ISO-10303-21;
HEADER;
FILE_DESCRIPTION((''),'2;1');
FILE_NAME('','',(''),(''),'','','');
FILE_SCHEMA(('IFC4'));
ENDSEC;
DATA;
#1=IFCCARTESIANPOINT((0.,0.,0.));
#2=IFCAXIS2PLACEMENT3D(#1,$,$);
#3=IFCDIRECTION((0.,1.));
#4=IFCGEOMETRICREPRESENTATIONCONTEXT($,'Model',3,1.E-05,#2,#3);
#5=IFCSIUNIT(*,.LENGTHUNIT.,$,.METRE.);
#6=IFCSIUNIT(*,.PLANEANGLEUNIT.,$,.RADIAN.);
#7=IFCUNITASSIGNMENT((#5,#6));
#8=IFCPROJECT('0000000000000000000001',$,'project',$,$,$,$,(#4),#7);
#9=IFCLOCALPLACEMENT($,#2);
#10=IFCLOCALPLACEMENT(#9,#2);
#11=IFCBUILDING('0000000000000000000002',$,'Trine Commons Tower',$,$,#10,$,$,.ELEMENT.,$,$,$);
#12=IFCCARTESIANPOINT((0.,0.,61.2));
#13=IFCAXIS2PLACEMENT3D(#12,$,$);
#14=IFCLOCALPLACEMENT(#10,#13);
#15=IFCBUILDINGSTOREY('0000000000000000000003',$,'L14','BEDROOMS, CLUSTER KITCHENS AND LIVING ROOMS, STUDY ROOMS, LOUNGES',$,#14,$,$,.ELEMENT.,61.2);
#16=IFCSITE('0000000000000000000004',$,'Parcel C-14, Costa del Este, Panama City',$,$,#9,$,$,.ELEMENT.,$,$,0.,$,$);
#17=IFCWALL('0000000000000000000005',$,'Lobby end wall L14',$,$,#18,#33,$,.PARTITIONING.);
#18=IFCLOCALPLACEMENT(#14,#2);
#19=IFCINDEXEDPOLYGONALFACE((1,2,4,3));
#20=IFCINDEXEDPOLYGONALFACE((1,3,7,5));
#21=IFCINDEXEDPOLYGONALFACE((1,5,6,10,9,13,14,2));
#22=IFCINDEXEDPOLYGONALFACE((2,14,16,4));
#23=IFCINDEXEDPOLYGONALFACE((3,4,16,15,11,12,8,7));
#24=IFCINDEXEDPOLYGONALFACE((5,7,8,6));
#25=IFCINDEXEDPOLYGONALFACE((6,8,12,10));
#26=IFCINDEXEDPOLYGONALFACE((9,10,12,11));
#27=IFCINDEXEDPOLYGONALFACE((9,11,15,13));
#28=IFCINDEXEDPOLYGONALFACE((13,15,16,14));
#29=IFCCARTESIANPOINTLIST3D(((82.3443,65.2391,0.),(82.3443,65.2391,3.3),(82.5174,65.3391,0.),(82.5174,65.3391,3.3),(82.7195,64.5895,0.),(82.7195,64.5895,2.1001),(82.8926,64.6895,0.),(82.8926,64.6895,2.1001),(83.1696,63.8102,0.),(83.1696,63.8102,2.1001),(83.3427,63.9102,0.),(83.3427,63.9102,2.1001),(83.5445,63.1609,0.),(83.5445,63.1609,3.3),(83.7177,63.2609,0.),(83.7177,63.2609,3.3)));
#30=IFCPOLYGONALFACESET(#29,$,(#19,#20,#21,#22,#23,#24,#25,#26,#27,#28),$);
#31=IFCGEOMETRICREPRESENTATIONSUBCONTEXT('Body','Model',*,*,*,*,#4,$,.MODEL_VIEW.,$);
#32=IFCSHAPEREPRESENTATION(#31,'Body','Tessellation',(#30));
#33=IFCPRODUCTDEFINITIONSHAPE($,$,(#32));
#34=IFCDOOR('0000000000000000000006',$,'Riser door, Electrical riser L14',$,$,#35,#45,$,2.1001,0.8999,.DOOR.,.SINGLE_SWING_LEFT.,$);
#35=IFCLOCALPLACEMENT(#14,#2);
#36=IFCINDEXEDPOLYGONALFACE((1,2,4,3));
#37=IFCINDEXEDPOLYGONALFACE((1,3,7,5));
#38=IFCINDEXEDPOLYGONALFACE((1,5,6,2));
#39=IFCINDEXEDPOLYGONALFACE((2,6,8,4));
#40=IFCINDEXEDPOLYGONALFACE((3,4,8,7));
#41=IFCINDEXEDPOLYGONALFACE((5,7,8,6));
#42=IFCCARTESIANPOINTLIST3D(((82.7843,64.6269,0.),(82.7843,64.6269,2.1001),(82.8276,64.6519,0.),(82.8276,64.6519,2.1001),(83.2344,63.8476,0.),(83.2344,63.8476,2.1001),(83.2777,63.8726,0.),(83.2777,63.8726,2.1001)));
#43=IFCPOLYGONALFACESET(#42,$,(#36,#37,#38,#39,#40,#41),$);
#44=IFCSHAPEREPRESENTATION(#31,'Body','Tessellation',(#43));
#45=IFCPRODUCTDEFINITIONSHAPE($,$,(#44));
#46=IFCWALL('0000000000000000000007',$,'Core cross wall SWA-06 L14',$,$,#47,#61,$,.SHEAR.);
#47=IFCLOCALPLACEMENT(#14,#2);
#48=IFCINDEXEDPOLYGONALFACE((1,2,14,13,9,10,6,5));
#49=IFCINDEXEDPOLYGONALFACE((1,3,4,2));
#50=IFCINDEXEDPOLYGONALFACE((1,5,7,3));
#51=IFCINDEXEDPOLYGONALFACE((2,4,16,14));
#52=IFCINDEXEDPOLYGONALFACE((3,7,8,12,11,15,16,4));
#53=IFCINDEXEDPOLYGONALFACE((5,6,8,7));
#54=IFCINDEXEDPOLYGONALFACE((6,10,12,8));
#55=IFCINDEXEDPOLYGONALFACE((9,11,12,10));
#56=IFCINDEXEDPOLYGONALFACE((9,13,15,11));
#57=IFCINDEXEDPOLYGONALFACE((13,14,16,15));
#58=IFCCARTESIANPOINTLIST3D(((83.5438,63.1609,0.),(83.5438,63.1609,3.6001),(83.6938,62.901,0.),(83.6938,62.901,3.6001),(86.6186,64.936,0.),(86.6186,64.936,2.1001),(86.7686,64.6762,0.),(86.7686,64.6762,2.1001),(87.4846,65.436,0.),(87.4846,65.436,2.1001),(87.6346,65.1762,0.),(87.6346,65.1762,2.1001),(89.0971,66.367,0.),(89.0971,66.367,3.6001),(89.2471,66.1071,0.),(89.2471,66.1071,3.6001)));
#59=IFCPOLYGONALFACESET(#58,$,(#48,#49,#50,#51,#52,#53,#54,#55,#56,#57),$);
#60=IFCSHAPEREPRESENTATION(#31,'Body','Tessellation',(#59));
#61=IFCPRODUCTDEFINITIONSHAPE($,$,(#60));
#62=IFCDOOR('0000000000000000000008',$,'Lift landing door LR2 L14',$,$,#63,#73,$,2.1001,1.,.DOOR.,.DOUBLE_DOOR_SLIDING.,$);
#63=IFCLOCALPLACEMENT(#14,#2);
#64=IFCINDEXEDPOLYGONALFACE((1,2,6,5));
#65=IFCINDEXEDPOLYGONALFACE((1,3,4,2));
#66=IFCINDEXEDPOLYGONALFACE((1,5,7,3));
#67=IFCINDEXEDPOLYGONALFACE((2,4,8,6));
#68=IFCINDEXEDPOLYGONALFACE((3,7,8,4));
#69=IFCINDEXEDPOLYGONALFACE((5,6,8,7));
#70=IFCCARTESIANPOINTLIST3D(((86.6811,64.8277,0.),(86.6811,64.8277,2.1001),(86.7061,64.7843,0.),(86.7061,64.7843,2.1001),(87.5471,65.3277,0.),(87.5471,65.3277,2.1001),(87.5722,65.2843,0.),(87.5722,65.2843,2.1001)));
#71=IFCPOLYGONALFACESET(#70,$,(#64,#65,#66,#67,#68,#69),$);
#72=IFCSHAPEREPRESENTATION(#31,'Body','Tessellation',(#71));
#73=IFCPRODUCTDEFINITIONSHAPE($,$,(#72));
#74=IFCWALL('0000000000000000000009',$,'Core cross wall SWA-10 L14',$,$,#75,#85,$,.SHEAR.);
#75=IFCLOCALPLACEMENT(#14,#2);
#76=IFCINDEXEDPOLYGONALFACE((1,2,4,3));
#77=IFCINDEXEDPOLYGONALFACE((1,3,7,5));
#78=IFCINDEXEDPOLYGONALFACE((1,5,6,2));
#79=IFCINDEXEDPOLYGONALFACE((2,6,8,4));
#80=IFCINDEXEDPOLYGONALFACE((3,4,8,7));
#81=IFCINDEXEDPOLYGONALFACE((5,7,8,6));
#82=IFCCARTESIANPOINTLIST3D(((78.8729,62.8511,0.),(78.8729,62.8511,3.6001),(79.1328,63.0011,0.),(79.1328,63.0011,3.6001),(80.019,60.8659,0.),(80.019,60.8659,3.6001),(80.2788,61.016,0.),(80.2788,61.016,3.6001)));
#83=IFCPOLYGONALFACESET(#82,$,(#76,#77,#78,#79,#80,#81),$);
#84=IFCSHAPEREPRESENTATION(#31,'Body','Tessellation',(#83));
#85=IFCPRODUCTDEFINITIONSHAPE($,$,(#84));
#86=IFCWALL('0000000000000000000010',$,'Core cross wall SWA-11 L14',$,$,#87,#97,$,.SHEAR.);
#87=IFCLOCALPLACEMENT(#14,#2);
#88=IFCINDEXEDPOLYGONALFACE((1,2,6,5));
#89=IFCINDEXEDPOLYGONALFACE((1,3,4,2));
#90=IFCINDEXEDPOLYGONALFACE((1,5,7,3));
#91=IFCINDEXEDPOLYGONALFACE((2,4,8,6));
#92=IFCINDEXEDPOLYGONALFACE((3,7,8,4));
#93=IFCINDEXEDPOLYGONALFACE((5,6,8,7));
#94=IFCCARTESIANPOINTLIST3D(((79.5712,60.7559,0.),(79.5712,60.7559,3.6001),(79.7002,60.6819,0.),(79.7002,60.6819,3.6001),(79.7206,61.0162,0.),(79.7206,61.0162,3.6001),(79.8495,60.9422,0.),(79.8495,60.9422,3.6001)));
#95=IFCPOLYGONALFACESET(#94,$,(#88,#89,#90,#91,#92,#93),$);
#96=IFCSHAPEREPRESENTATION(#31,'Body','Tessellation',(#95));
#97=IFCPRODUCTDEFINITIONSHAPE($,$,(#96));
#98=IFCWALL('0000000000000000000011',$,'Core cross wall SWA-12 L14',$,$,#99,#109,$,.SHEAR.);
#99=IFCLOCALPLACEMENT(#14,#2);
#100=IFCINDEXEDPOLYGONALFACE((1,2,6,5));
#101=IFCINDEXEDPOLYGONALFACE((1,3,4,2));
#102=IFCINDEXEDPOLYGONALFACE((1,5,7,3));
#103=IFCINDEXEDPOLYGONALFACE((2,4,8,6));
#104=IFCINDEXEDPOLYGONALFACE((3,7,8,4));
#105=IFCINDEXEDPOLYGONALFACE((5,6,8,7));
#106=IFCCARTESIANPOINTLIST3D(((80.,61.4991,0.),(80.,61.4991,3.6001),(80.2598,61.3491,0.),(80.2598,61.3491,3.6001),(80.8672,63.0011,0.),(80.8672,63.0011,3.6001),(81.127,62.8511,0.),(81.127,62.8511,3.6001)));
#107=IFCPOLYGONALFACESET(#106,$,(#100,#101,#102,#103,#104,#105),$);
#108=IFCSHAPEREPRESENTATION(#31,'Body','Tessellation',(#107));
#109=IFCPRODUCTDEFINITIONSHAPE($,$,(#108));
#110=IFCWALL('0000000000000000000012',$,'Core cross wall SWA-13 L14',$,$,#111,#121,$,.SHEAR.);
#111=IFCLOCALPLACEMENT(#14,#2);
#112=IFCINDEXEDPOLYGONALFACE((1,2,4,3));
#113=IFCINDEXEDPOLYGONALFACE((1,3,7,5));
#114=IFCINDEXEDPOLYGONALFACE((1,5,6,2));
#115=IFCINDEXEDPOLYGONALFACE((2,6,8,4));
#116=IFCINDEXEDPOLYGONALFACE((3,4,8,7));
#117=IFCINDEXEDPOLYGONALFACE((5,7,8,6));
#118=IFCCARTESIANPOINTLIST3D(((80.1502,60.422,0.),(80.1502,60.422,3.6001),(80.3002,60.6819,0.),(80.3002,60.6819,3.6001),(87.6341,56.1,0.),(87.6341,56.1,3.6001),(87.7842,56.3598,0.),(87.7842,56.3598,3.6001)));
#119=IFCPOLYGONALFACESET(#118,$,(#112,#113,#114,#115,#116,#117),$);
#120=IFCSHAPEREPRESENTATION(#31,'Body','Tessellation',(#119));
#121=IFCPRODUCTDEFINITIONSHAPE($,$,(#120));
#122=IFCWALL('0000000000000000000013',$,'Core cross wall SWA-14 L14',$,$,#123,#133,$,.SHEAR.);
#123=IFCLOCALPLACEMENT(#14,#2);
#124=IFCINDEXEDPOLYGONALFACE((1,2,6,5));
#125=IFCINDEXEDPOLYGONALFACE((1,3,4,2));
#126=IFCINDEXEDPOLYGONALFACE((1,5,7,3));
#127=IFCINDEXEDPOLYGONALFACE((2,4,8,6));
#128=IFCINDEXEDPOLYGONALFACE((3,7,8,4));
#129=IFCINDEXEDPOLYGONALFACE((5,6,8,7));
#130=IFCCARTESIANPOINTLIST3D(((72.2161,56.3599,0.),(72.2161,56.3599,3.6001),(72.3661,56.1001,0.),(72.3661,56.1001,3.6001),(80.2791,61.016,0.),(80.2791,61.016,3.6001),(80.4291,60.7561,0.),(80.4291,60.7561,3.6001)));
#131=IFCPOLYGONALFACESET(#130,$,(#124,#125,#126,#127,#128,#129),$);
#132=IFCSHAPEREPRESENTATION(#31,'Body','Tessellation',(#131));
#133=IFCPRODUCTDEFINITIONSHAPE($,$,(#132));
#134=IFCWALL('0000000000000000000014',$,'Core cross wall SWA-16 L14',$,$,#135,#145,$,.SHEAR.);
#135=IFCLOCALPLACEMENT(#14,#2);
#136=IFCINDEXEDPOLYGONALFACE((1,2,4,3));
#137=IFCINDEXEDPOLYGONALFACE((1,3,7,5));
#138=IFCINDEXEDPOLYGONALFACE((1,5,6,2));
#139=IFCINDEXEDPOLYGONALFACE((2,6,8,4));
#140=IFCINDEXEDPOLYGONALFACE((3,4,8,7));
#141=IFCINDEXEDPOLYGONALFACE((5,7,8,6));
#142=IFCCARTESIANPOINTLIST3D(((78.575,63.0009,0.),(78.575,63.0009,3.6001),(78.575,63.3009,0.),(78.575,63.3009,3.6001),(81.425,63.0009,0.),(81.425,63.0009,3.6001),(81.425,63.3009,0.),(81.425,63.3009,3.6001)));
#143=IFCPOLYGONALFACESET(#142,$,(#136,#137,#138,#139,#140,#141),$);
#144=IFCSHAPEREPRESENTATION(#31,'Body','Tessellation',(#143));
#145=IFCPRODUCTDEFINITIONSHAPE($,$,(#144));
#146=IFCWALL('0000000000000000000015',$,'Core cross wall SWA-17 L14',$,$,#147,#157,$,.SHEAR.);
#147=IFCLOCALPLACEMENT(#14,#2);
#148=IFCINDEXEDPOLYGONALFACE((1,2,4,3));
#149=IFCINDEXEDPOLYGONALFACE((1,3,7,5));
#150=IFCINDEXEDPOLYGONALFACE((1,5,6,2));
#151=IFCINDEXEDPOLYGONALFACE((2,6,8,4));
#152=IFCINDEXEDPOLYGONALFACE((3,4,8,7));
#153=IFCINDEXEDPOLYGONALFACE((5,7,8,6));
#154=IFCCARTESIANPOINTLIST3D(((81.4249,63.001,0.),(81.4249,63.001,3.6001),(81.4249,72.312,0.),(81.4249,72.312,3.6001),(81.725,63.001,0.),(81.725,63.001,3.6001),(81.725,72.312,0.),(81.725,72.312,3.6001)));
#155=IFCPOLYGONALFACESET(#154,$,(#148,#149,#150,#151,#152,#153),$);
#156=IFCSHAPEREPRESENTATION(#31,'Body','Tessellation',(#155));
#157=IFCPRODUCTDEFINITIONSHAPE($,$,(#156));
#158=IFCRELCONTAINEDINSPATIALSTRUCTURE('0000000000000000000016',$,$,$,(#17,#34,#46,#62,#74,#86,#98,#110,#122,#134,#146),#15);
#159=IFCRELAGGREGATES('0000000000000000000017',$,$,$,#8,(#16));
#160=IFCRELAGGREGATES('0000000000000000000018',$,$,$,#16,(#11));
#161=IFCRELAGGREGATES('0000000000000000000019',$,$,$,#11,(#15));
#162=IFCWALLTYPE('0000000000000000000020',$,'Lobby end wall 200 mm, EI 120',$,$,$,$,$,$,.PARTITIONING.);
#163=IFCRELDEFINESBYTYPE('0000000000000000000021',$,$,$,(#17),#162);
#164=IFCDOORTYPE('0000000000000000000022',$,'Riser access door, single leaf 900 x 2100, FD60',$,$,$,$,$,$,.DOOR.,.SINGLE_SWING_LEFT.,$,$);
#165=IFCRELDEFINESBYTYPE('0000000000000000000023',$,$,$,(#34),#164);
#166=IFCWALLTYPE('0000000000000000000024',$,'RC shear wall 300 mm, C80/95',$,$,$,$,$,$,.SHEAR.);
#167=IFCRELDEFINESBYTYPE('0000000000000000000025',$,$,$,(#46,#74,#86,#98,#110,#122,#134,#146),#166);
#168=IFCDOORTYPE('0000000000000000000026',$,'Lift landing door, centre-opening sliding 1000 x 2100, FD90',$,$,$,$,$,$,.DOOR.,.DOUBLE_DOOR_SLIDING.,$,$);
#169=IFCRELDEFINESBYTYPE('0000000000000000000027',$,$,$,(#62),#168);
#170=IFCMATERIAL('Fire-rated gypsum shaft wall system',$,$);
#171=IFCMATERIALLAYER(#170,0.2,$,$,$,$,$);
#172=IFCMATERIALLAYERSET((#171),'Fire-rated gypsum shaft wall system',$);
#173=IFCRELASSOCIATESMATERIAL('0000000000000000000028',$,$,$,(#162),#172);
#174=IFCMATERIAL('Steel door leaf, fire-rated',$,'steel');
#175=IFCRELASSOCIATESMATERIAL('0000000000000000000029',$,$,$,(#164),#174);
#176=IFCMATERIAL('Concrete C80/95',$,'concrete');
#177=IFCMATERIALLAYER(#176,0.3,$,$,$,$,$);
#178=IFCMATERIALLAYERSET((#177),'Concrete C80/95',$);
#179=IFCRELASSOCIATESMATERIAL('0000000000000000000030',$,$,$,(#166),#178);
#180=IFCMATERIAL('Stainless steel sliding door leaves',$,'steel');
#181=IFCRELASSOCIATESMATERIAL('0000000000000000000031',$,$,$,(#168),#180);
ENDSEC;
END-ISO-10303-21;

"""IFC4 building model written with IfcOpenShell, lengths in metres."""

from ifc_helpers import new_model, si_unit, direction, frame, frame_2d, origin, place, context, subcontext, project, spatial, rectangle, extrude, material, layer, layer_set, type_object, element, fill, save


model = new_model("IFC4")

# Units and contexts
model_context = context("Model", 3, precision=1e-05, world=origin(), true_north=direction((0.0, 1.0)))
body_context = subcontext(model_context, "Body", "Model", "MODEL_VIEW")
ifc_project = project(units=[si_unit("LENGTHUNIT", "METRE"), si_unit("PLANEANGLEUNIT", "RADIAN")], contexts=[model_context])

# Site, building, storey
site_placement = place(None, origin())
site = spatial("IfcSite", under=ifc_project, at=site_placement, Name="Parcel C-14, Costa del Este, Panama City", CompositionType="ELEMENT", RefElevation=0.0)
building_placement = place(site_placement, origin())
building = spatial("IfcBuilding", under=site, at=building_placement, Name="Trine Commons Tower", CompositionType="ELEMENT")
storey_placement = place(building_placement, frame((0.0, 0.0, 61.2)))
storey = spatial("IfcBuildingStorey", under=building, at=storey_placement, Name="L14", Description="BEDROOMS, CLUSTER KITCHENS AND LIVING ROOMS, STUDY ROOMS, LOUNGES", CompositionType="ELEMENT", Elevation=61.2)

# Walls, openings, doors
ifc_material_1 = material(Name="Fire-rated gypsum shaft wall system")
ifc_layer_1 = layer(ifc_material_1, 0.2)
ifc_layer_set_1 = layer_set([ifc_layer_1], Name="Fire-rated gypsum shaft wall system")
wall_type_1 = type_object("IfcWallType", Name="Lobby end wall 200 mm, EI 120", PredefinedType="PARTITIONING", material=ifc_layer_set_1)
wall_1_placement = place(storey_placement, frame((83.6311, 63.2109, 0.0), z_axis=(0.0, 0.0, 1.0), x_axis=(-0.500122, 0.865955, 0.0)))
wall_1 = element("IfcWall", 1, at=wall_1_placement, inside=storey, type_object=wall_type_1, Name="Lobby end wall L14", PredefinedType="PARTITIONING", context=body_context, shape_type="SweptSolid", body=[
    extrude(rectangle(XDim=2.3999, YDim=0.2, at=frame_2d((1.2, 0.0))), origin(), (0.0, 0.0, 1.0), 3.3),
])
opening_1_placement = place(wall_1_placement, frame((0.7498, 0.0, 0.0)))
opening_1 = element("IfcOpeningElement", 2, at=opening_1_placement, cuts=wall_1, PredefinedType="OPENING", context=body_context, shape_type="SweptSolid", body=[
    extrude(rectangle(XDim=0.8999, YDim=2.1001, at=frame_2d((0.45, 1.05))), frame((0.0, 0.1099, 0.0), z_axis=(0.0, -1.0, 0.0), x_axis=(1.0, 0.0, 0.0)), (0.0, 0.0, 1.0), 0.22),
])
ifc_material_2 = material(Name="Steel door leaf, fire-rated", Category="steel")
door_type_1 = type_object("IfcDoorType", Name="Riser access door, single leaf 900 x 2100, FD60", OperationType="SINGLE_SWING_LEFT", PredefinedType="DOOR", material=ifc_material_2)
door_1_placement = place(opening_1_placement, frame((0.8999, 0.0, 0.0), z_axis=(0.0, 0.0, 1.0), x_axis=(-1.0, 0.0, 0.0)))
door_1 = element("IfcDoor", 3, at=door_1_placement, inside=storey, type_object=door_type_1, Name="Riser door, Electrical riser L14", OperationType="SINGLE_SWING_LEFT", OverallHeight=2.1001, OverallWidth=0.8999, PredefinedType="DOOR", context=body_context, shape_type="SweptSolid", body=[
    extrude(rectangle(XDim=0.8999, YDim=2.1001, at=frame_2d((0.45, 1.05))), frame((0.0, 0.0249, 0.0), z_axis=(0.0, -1.0, 0.0), x_axis=(1.0, 0.0, 0.0)), (0.0, 0.0, 1.0), 0.05),
])
fill(opening_1, door_1)
ifc_material_3 = material(Name="Concrete C80/95", Category="concrete")
ifc_layer_2 = layer(ifc_material_3, 0.3)
ifc_layer_set_2 = layer_set([ifc_layer_2], Name="Concrete C80/95")
wall_type_2 = type_object("IfcWallType", Name="RC shear wall 300 mm, C80/95", PredefinedType="SHEAR", material=ifc_layer_set_2)
wall_2_placement = place(storey_placement, frame((83.6189, 63.031, 0.0), z_axis=(0.0, 0.0, 1.0), x_axis=(0.866032, 0.499988, 0.0)))
wall_2 = element("IfcWall", 4, at=wall_2_placement, inside=storey, type_object=wall_type_2, Name="Core cross wall SWA-06 L14", PredefinedType="SHEAR", context=body_context, shape_type="SweptSolid", body=[
    extrude(rectangle(XDim=6.4124, YDim=0.3, at=frame_2d((3.2061, 0.0))), origin(), (0.0, 0.0, 1.0), 3.6001),
])
opening_2_placement = place(wall_2_placement, frame((3.5503, 0.0, 0.0)))
opening_2 = element("IfcOpeningElement", 5, at=opening_2_placement, cuts=wall_2, PredefinedType="OPENING", context=body_context, shape_type="SweptSolid", body=[
    extrude(rectangle(XDim=1.0, YDim=2.1001, at=frame_2d((0.5, 1.05))), frame((0.0, 0.1599, 0.0), z_axis=(0.0, -1.0, 0.0), x_axis=(1.0, 0.0, 0.0)), (0.0, 0.0, 1.0), 0.3201),
])
ifc_material_4 = material(Name="Stainless steel sliding door leaves", Category="steel")
door_type_2 = type_object("IfcDoorType", Name="Lift landing door, centre-opening sliding 1000 x 2100, FD90", OperationType="DOUBLE_DOOR_SLIDING", PredefinedType="DOOR", material=ifc_material_4)
door_2_placement = place(opening_2_placement, origin())
door_2 = element("IfcDoor", 6, at=door_2_placement, inside=storey, type_object=door_type_2, Name="Lift landing door LR2 L14", OperationType="DOUBLE_DOOR_SLIDING", OverallHeight=2.1001, OverallWidth=1.0, PredefinedType="DOOR", context=body_context, shape_type="SweptSolid", body=[
    extrude(rectangle(XDim=1.0, YDim=2.1001, at=frame_2d((0.5, 1.05))), frame((0.0, 0.0249, 0.0), z_axis=(0.0, -1.0, 0.0), x_axis=(1.0, 0.0, 0.0)), (0.0, 0.0, 1.0), 0.05),
])
fill(opening_2, door_2)

# Walls
wall_3_placement = place(storey_placement, frame((79.0029, 62.926, 0.0), z_axis=(0.0, 0.0, 1.0), x_axis=(0.499965, -0.866045, 0.0)))
element("IfcWall", 7, at=wall_3_placement, inside=storey, type_object=wall_type_2, Name="Core cross wall SWA-10 L14", PredefinedType="SHEAR", context=body_context, shape_type="SweptSolid", body=[
    extrude(rectangle(XDim=2.2922, YDim=0.3, at=frame_2d((1.146, 0.0))), origin(), (0.0, 0.0, 1.0), 3.6001),
])
wall_4_placement = place(storey_placement, frame((79.646, 60.886, 0.0), z_axis=(0.0, 0.0, 1.0), x_axis=(0.867332, -0.49773, 0.0)))
element("IfcWall", 8, at=wall_4_placement, inside=storey, type_object=wall_type_2, Name="Core cross wall SWA-11 L14", PredefinedType="SHEAR", context=body_context, shape_type="SweptSolid", body=[
    extrude(rectangle(XDim=0.1487, YDim=0.3, at=frame_2d((0.0742, 0.0))), origin(), (0.0, 0.0, 1.0), 3.6001),
])
wall_5_placement = place(storey_placement, frame((80.1299, 61.4241, 0.0), z_axis=(0.0, 0.0, 1.0), x_axis=(0.500015, 0.866017, 0.0)))
element("IfcWall", 9, at=wall_5_placement, inside=storey, type_object=wall_type_2, Name="Core cross wall SWA-12 L14", PredefinedType="SHEAR", context=body_context, shape_type="SweptSolid", body=[
    extrude(rectangle(XDim=1.7344, YDim=0.3, at=frame_2d((0.8672, 0.0))), origin(), (0.0, 0.0, 1.0), 3.6001),
])
wall_6_placement = place(storey_placement, frame((80.2251, 60.552, 0.0), z_axis=(0.0, 0.0, 1.0), x_axis=(0.865965, -0.500104, 0.0)))
element("IfcWall", 10, at=wall_6_placement, inside=storey, type_object=wall_type_2, Name="Core cross wall SWA-13 L14", PredefinedType="SHEAR", context=body_context, shape_type="SweptSolid", body=[
    extrude(rectangle(XDim=8.6423, YDim=0.3, at=frame_2d((4.3213, 0.0))), origin(), (0.0, 0.0, 1.0), 3.6001),
])
wall_7_placement = place(storey_placement, frame((80.354, 60.886, 0.0), z_axis=(0.0, 0.0, 1.0), x_axis=(-0.865986, -0.500067, 0.0)))
element("IfcWall", 11, at=wall_7_placement, inside=storey, type_object=wall_type_2, Name="Core cross wall SWA-14 L14", PredefinedType="SHEAR", context=body_context, shape_type="SweptSolid", body=[
    extrude(rectangle(XDim=9.3108, YDim=0.3, at=frame_2d((4.6553, 0.0))), origin(), (0.0, 0.0, 1.0), 3.6001),
])
wall_8_placement = place(storey_placement, frame((81.425, 63.1509, 0.0), z_axis=(0.0, 0.0, 1.0), x_axis=(-1.0, 0.0, 0.0)))
element("IfcWall", 12, at=wall_8_placement, inside=storey, type_object=wall_type_2, Name="Core cross wall SWA-16 L14", PredefinedType="SHEAR", context=body_context, shape_type="SweptSolid", body=[
    extrude(rectangle(XDim=2.8501, YDim=0.3, at=frame_2d((1.425, 0.0))), origin(), (0.0, 0.0, 1.0), 3.6001),
])
wall_9_placement = place(storey_placement, frame((81.575, 63.001, 0.0), z_axis=(0.0, 0.0, 1.0), x_axis=(0.0, 1.0, 0.0)))
element("IfcWall", 13, at=wall_9_placement, inside=storey, type_object=wall_type_2, Name="Core cross wall SWA-17 L14", PredefinedType="SHEAR", context=body_context, shape_type="SweptSolid", body=[
    extrude(rectangle(XDim=9.311, YDim=0.3, at=frame_2d((4.6555, 0.0))), origin(), (0.0, 0.0, 1.0), 3.6001),
])

save(model, "model.ifc")
